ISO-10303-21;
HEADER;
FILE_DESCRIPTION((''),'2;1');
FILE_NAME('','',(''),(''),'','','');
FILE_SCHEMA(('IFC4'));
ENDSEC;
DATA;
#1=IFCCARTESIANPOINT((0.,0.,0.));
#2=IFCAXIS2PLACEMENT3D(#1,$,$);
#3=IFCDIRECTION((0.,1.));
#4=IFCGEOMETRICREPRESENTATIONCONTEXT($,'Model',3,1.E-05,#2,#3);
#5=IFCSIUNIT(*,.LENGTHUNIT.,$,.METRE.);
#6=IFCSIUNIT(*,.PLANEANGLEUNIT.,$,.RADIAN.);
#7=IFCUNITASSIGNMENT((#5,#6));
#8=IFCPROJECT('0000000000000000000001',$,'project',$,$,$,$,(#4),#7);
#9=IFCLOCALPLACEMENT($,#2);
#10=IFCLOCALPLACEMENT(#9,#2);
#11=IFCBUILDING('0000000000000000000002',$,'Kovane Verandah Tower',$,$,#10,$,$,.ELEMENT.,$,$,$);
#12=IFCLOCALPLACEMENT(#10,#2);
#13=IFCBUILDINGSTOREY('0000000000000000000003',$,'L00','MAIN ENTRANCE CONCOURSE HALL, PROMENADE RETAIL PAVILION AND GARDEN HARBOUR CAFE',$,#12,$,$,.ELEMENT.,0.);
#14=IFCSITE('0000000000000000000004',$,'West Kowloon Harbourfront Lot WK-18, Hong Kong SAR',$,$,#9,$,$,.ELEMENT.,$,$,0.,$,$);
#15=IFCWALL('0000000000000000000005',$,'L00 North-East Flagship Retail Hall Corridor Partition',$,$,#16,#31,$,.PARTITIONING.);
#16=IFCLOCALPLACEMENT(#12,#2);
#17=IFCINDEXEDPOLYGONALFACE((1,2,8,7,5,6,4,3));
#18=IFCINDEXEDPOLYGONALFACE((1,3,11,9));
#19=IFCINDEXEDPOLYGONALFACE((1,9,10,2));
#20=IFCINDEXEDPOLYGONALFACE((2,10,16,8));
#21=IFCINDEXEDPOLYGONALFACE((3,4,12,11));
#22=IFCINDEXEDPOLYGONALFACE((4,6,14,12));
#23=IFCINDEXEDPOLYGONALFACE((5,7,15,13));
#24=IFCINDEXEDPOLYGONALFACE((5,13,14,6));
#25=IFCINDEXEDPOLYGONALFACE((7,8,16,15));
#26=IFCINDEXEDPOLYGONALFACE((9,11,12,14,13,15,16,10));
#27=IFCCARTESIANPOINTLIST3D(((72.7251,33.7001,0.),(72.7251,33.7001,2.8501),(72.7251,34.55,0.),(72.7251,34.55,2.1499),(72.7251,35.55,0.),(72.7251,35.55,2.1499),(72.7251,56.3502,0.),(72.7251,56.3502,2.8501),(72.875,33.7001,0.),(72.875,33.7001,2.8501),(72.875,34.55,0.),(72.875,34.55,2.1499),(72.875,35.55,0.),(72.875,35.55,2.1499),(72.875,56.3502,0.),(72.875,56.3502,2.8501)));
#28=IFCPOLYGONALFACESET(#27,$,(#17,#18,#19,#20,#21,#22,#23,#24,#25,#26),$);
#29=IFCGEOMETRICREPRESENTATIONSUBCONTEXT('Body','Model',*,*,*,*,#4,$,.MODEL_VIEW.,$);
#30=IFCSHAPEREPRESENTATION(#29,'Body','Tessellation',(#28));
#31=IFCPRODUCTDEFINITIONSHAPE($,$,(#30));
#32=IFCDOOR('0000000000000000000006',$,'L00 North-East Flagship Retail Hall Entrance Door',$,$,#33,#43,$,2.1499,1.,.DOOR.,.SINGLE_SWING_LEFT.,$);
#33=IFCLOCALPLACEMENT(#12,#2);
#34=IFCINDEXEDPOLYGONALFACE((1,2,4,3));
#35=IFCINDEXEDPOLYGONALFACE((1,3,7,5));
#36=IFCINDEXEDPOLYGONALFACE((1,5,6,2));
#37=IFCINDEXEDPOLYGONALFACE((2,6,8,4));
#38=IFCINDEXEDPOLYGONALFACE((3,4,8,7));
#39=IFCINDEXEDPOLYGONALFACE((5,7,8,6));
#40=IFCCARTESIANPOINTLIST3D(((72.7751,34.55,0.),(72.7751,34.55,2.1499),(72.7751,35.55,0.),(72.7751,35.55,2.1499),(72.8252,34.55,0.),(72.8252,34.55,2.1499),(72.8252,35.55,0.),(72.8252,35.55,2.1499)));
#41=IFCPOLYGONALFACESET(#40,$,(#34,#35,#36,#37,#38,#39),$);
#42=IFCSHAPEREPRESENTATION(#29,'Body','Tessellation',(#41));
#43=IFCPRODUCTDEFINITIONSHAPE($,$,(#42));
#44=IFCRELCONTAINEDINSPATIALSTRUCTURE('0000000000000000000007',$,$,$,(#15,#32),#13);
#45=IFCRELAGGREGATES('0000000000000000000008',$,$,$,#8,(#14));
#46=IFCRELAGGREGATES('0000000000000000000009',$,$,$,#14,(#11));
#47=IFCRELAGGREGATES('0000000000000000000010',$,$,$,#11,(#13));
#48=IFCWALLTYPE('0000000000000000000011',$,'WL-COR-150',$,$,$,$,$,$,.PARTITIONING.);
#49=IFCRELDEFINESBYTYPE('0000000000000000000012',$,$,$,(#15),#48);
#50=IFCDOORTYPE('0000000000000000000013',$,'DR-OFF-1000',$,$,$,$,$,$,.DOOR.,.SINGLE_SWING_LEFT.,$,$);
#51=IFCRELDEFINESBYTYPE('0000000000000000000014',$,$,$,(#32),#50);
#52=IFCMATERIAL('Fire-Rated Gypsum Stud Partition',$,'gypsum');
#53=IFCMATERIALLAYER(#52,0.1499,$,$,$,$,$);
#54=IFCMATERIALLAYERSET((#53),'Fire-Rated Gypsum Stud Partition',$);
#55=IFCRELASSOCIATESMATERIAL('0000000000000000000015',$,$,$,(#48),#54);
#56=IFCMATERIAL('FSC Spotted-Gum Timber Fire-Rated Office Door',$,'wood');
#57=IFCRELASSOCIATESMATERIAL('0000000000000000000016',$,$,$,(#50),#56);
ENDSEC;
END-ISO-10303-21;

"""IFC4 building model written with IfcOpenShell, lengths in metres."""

from ifc_helpers import new_model, si_unit, direction, frame, frame_2d, origin, place, context, subcontext, project, spatial, rectangle, extrude, material, layer, layer_set, type_object, element, fill, save


model = new_model("IFC4")

# Units and contexts
model_context = context("Model", 3, precision=1e-05, world=origin(), true_north=direction((0.0, 1.0)))
body_context = subcontext(model_context, "Body", "Model", "MODEL_VIEW")
ifc_project = project(units=[si_unit("LENGTHUNIT", "METRE"), si_unit("PLANEANGLEUNIT", "RADIAN")], contexts=[model_context])

# Site, building, storey
site_placement = place(None, origin())
site = spatial("IfcSite", under=ifc_project, at=site_placement, Name="West Kowloon Harbourfront Lot WK-18, Hong Kong SAR", CompositionType="ELEMENT", RefElevation=0.0)
building_placement = place(site_placement, origin())
building = spatial("IfcBuilding", under=site, at=building_placement, Name="Kovane Verandah Tower", CompositionType="ELEMENT")
storey_placement = place(building_placement, origin())
storey = spatial("IfcBuildingStorey", under=building, at=storey_placement, Name="L00", Description="MAIN ENTRANCE CONCOURSE HALL, PROMENADE RETAIL PAVILION AND GARDEN HARBOUR CAFE", CompositionType="ELEMENT", Elevation=0.0)

# Wall, opening, door
ifc_material_1 = material(Name="Fire-Rated Gypsum Stud Partition", Category="gypsum")
ifc_layer = layer(ifc_material_1, 0.1499)
ifc_layer_set = layer_set([ifc_layer], Name="Fire-Rated Gypsum Stud Partition")
wall_type = type_object("IfcWallType", Name="WL-COR-150", PredefinedType="PARTITIONING", material=ifc_layer_set)
wall_placement = place(storey_placement, frame((72.8, 33.7, 0.0), z_axis=(0.0, 0.0, 1.0), x_axis=(0.0, 1.0, 0.0)))
wall = element("IfcWall", 1, at=wall_placement, inside=storey, type_object=wall_type, Name="L00 North-East Flagship Retail Hall Corridor Partition", PredefinedType="PARTITIONING", context=body_context, shape_type="SweptSolid", body=[
    extrude(rectangle(XDim=22.6501, YDim=0.1499, at=frame_2d((11.3252, 0.0))), origin(), (0.0, 0.0, 1.0), 2.8501),
])
opening_placement = place(wall_placement, frame((0.8501, 0.0, 0.0)))
opening = element("IfcOpeningElement", 2, at=opening_placement, cuts=wall, PredefinedType="OPENING", context=body_context, shape_type="SweptSolid", body=[
    extrude(rectangle(XDim=1.0, YDim=2.1499, at=frame_2d((0.5, 1.075))), frame((0.0, 0.075, 0.0), z_axis=(0.0, -1.0, 0.0), x_axis=(1.0, 0.0, 0.0)), (0.0, 0.0, 1.0), 0.1499),
])
ifc_material_2 = material(Name="FSC Spotted-Gum Timber Fire-Rated Office Door", Category="wood")
door_type = type_object("IfcDoorType", Name="DR-OFF-1000", OperationType="SINGLE_SWING_LEFT", PredefinedType="DOOR", material=ifc_material_2)
door_placement = place(opening_placement, origin())
door = element("IfcDoor", 3, at=door_placement, inside=storey, type_object=door_type, Name="L00 North-East Flagship Retail Hall Entrance Door", OperationType="SINGLE_SWING_LEFT", OverallHeight=2.1499, OverallWidth=1.0, PredefinedType="DOOR", context=body_context, shape_type="SweptSolid", body=[
    extrude(rectangle(XDim=1.0, YDim=2.1499, at=frame_2d((0.5, 1.075))), frame((0.0, 0.0249, 0.0), z_axis=(0.0, -1.0, 0.0), x_axis=(1.0, 0.0, 0.0)), (0.0, 0.0, 1.0), 0.05),
])
fill(opening, door)

save(model, "model.ifc")
